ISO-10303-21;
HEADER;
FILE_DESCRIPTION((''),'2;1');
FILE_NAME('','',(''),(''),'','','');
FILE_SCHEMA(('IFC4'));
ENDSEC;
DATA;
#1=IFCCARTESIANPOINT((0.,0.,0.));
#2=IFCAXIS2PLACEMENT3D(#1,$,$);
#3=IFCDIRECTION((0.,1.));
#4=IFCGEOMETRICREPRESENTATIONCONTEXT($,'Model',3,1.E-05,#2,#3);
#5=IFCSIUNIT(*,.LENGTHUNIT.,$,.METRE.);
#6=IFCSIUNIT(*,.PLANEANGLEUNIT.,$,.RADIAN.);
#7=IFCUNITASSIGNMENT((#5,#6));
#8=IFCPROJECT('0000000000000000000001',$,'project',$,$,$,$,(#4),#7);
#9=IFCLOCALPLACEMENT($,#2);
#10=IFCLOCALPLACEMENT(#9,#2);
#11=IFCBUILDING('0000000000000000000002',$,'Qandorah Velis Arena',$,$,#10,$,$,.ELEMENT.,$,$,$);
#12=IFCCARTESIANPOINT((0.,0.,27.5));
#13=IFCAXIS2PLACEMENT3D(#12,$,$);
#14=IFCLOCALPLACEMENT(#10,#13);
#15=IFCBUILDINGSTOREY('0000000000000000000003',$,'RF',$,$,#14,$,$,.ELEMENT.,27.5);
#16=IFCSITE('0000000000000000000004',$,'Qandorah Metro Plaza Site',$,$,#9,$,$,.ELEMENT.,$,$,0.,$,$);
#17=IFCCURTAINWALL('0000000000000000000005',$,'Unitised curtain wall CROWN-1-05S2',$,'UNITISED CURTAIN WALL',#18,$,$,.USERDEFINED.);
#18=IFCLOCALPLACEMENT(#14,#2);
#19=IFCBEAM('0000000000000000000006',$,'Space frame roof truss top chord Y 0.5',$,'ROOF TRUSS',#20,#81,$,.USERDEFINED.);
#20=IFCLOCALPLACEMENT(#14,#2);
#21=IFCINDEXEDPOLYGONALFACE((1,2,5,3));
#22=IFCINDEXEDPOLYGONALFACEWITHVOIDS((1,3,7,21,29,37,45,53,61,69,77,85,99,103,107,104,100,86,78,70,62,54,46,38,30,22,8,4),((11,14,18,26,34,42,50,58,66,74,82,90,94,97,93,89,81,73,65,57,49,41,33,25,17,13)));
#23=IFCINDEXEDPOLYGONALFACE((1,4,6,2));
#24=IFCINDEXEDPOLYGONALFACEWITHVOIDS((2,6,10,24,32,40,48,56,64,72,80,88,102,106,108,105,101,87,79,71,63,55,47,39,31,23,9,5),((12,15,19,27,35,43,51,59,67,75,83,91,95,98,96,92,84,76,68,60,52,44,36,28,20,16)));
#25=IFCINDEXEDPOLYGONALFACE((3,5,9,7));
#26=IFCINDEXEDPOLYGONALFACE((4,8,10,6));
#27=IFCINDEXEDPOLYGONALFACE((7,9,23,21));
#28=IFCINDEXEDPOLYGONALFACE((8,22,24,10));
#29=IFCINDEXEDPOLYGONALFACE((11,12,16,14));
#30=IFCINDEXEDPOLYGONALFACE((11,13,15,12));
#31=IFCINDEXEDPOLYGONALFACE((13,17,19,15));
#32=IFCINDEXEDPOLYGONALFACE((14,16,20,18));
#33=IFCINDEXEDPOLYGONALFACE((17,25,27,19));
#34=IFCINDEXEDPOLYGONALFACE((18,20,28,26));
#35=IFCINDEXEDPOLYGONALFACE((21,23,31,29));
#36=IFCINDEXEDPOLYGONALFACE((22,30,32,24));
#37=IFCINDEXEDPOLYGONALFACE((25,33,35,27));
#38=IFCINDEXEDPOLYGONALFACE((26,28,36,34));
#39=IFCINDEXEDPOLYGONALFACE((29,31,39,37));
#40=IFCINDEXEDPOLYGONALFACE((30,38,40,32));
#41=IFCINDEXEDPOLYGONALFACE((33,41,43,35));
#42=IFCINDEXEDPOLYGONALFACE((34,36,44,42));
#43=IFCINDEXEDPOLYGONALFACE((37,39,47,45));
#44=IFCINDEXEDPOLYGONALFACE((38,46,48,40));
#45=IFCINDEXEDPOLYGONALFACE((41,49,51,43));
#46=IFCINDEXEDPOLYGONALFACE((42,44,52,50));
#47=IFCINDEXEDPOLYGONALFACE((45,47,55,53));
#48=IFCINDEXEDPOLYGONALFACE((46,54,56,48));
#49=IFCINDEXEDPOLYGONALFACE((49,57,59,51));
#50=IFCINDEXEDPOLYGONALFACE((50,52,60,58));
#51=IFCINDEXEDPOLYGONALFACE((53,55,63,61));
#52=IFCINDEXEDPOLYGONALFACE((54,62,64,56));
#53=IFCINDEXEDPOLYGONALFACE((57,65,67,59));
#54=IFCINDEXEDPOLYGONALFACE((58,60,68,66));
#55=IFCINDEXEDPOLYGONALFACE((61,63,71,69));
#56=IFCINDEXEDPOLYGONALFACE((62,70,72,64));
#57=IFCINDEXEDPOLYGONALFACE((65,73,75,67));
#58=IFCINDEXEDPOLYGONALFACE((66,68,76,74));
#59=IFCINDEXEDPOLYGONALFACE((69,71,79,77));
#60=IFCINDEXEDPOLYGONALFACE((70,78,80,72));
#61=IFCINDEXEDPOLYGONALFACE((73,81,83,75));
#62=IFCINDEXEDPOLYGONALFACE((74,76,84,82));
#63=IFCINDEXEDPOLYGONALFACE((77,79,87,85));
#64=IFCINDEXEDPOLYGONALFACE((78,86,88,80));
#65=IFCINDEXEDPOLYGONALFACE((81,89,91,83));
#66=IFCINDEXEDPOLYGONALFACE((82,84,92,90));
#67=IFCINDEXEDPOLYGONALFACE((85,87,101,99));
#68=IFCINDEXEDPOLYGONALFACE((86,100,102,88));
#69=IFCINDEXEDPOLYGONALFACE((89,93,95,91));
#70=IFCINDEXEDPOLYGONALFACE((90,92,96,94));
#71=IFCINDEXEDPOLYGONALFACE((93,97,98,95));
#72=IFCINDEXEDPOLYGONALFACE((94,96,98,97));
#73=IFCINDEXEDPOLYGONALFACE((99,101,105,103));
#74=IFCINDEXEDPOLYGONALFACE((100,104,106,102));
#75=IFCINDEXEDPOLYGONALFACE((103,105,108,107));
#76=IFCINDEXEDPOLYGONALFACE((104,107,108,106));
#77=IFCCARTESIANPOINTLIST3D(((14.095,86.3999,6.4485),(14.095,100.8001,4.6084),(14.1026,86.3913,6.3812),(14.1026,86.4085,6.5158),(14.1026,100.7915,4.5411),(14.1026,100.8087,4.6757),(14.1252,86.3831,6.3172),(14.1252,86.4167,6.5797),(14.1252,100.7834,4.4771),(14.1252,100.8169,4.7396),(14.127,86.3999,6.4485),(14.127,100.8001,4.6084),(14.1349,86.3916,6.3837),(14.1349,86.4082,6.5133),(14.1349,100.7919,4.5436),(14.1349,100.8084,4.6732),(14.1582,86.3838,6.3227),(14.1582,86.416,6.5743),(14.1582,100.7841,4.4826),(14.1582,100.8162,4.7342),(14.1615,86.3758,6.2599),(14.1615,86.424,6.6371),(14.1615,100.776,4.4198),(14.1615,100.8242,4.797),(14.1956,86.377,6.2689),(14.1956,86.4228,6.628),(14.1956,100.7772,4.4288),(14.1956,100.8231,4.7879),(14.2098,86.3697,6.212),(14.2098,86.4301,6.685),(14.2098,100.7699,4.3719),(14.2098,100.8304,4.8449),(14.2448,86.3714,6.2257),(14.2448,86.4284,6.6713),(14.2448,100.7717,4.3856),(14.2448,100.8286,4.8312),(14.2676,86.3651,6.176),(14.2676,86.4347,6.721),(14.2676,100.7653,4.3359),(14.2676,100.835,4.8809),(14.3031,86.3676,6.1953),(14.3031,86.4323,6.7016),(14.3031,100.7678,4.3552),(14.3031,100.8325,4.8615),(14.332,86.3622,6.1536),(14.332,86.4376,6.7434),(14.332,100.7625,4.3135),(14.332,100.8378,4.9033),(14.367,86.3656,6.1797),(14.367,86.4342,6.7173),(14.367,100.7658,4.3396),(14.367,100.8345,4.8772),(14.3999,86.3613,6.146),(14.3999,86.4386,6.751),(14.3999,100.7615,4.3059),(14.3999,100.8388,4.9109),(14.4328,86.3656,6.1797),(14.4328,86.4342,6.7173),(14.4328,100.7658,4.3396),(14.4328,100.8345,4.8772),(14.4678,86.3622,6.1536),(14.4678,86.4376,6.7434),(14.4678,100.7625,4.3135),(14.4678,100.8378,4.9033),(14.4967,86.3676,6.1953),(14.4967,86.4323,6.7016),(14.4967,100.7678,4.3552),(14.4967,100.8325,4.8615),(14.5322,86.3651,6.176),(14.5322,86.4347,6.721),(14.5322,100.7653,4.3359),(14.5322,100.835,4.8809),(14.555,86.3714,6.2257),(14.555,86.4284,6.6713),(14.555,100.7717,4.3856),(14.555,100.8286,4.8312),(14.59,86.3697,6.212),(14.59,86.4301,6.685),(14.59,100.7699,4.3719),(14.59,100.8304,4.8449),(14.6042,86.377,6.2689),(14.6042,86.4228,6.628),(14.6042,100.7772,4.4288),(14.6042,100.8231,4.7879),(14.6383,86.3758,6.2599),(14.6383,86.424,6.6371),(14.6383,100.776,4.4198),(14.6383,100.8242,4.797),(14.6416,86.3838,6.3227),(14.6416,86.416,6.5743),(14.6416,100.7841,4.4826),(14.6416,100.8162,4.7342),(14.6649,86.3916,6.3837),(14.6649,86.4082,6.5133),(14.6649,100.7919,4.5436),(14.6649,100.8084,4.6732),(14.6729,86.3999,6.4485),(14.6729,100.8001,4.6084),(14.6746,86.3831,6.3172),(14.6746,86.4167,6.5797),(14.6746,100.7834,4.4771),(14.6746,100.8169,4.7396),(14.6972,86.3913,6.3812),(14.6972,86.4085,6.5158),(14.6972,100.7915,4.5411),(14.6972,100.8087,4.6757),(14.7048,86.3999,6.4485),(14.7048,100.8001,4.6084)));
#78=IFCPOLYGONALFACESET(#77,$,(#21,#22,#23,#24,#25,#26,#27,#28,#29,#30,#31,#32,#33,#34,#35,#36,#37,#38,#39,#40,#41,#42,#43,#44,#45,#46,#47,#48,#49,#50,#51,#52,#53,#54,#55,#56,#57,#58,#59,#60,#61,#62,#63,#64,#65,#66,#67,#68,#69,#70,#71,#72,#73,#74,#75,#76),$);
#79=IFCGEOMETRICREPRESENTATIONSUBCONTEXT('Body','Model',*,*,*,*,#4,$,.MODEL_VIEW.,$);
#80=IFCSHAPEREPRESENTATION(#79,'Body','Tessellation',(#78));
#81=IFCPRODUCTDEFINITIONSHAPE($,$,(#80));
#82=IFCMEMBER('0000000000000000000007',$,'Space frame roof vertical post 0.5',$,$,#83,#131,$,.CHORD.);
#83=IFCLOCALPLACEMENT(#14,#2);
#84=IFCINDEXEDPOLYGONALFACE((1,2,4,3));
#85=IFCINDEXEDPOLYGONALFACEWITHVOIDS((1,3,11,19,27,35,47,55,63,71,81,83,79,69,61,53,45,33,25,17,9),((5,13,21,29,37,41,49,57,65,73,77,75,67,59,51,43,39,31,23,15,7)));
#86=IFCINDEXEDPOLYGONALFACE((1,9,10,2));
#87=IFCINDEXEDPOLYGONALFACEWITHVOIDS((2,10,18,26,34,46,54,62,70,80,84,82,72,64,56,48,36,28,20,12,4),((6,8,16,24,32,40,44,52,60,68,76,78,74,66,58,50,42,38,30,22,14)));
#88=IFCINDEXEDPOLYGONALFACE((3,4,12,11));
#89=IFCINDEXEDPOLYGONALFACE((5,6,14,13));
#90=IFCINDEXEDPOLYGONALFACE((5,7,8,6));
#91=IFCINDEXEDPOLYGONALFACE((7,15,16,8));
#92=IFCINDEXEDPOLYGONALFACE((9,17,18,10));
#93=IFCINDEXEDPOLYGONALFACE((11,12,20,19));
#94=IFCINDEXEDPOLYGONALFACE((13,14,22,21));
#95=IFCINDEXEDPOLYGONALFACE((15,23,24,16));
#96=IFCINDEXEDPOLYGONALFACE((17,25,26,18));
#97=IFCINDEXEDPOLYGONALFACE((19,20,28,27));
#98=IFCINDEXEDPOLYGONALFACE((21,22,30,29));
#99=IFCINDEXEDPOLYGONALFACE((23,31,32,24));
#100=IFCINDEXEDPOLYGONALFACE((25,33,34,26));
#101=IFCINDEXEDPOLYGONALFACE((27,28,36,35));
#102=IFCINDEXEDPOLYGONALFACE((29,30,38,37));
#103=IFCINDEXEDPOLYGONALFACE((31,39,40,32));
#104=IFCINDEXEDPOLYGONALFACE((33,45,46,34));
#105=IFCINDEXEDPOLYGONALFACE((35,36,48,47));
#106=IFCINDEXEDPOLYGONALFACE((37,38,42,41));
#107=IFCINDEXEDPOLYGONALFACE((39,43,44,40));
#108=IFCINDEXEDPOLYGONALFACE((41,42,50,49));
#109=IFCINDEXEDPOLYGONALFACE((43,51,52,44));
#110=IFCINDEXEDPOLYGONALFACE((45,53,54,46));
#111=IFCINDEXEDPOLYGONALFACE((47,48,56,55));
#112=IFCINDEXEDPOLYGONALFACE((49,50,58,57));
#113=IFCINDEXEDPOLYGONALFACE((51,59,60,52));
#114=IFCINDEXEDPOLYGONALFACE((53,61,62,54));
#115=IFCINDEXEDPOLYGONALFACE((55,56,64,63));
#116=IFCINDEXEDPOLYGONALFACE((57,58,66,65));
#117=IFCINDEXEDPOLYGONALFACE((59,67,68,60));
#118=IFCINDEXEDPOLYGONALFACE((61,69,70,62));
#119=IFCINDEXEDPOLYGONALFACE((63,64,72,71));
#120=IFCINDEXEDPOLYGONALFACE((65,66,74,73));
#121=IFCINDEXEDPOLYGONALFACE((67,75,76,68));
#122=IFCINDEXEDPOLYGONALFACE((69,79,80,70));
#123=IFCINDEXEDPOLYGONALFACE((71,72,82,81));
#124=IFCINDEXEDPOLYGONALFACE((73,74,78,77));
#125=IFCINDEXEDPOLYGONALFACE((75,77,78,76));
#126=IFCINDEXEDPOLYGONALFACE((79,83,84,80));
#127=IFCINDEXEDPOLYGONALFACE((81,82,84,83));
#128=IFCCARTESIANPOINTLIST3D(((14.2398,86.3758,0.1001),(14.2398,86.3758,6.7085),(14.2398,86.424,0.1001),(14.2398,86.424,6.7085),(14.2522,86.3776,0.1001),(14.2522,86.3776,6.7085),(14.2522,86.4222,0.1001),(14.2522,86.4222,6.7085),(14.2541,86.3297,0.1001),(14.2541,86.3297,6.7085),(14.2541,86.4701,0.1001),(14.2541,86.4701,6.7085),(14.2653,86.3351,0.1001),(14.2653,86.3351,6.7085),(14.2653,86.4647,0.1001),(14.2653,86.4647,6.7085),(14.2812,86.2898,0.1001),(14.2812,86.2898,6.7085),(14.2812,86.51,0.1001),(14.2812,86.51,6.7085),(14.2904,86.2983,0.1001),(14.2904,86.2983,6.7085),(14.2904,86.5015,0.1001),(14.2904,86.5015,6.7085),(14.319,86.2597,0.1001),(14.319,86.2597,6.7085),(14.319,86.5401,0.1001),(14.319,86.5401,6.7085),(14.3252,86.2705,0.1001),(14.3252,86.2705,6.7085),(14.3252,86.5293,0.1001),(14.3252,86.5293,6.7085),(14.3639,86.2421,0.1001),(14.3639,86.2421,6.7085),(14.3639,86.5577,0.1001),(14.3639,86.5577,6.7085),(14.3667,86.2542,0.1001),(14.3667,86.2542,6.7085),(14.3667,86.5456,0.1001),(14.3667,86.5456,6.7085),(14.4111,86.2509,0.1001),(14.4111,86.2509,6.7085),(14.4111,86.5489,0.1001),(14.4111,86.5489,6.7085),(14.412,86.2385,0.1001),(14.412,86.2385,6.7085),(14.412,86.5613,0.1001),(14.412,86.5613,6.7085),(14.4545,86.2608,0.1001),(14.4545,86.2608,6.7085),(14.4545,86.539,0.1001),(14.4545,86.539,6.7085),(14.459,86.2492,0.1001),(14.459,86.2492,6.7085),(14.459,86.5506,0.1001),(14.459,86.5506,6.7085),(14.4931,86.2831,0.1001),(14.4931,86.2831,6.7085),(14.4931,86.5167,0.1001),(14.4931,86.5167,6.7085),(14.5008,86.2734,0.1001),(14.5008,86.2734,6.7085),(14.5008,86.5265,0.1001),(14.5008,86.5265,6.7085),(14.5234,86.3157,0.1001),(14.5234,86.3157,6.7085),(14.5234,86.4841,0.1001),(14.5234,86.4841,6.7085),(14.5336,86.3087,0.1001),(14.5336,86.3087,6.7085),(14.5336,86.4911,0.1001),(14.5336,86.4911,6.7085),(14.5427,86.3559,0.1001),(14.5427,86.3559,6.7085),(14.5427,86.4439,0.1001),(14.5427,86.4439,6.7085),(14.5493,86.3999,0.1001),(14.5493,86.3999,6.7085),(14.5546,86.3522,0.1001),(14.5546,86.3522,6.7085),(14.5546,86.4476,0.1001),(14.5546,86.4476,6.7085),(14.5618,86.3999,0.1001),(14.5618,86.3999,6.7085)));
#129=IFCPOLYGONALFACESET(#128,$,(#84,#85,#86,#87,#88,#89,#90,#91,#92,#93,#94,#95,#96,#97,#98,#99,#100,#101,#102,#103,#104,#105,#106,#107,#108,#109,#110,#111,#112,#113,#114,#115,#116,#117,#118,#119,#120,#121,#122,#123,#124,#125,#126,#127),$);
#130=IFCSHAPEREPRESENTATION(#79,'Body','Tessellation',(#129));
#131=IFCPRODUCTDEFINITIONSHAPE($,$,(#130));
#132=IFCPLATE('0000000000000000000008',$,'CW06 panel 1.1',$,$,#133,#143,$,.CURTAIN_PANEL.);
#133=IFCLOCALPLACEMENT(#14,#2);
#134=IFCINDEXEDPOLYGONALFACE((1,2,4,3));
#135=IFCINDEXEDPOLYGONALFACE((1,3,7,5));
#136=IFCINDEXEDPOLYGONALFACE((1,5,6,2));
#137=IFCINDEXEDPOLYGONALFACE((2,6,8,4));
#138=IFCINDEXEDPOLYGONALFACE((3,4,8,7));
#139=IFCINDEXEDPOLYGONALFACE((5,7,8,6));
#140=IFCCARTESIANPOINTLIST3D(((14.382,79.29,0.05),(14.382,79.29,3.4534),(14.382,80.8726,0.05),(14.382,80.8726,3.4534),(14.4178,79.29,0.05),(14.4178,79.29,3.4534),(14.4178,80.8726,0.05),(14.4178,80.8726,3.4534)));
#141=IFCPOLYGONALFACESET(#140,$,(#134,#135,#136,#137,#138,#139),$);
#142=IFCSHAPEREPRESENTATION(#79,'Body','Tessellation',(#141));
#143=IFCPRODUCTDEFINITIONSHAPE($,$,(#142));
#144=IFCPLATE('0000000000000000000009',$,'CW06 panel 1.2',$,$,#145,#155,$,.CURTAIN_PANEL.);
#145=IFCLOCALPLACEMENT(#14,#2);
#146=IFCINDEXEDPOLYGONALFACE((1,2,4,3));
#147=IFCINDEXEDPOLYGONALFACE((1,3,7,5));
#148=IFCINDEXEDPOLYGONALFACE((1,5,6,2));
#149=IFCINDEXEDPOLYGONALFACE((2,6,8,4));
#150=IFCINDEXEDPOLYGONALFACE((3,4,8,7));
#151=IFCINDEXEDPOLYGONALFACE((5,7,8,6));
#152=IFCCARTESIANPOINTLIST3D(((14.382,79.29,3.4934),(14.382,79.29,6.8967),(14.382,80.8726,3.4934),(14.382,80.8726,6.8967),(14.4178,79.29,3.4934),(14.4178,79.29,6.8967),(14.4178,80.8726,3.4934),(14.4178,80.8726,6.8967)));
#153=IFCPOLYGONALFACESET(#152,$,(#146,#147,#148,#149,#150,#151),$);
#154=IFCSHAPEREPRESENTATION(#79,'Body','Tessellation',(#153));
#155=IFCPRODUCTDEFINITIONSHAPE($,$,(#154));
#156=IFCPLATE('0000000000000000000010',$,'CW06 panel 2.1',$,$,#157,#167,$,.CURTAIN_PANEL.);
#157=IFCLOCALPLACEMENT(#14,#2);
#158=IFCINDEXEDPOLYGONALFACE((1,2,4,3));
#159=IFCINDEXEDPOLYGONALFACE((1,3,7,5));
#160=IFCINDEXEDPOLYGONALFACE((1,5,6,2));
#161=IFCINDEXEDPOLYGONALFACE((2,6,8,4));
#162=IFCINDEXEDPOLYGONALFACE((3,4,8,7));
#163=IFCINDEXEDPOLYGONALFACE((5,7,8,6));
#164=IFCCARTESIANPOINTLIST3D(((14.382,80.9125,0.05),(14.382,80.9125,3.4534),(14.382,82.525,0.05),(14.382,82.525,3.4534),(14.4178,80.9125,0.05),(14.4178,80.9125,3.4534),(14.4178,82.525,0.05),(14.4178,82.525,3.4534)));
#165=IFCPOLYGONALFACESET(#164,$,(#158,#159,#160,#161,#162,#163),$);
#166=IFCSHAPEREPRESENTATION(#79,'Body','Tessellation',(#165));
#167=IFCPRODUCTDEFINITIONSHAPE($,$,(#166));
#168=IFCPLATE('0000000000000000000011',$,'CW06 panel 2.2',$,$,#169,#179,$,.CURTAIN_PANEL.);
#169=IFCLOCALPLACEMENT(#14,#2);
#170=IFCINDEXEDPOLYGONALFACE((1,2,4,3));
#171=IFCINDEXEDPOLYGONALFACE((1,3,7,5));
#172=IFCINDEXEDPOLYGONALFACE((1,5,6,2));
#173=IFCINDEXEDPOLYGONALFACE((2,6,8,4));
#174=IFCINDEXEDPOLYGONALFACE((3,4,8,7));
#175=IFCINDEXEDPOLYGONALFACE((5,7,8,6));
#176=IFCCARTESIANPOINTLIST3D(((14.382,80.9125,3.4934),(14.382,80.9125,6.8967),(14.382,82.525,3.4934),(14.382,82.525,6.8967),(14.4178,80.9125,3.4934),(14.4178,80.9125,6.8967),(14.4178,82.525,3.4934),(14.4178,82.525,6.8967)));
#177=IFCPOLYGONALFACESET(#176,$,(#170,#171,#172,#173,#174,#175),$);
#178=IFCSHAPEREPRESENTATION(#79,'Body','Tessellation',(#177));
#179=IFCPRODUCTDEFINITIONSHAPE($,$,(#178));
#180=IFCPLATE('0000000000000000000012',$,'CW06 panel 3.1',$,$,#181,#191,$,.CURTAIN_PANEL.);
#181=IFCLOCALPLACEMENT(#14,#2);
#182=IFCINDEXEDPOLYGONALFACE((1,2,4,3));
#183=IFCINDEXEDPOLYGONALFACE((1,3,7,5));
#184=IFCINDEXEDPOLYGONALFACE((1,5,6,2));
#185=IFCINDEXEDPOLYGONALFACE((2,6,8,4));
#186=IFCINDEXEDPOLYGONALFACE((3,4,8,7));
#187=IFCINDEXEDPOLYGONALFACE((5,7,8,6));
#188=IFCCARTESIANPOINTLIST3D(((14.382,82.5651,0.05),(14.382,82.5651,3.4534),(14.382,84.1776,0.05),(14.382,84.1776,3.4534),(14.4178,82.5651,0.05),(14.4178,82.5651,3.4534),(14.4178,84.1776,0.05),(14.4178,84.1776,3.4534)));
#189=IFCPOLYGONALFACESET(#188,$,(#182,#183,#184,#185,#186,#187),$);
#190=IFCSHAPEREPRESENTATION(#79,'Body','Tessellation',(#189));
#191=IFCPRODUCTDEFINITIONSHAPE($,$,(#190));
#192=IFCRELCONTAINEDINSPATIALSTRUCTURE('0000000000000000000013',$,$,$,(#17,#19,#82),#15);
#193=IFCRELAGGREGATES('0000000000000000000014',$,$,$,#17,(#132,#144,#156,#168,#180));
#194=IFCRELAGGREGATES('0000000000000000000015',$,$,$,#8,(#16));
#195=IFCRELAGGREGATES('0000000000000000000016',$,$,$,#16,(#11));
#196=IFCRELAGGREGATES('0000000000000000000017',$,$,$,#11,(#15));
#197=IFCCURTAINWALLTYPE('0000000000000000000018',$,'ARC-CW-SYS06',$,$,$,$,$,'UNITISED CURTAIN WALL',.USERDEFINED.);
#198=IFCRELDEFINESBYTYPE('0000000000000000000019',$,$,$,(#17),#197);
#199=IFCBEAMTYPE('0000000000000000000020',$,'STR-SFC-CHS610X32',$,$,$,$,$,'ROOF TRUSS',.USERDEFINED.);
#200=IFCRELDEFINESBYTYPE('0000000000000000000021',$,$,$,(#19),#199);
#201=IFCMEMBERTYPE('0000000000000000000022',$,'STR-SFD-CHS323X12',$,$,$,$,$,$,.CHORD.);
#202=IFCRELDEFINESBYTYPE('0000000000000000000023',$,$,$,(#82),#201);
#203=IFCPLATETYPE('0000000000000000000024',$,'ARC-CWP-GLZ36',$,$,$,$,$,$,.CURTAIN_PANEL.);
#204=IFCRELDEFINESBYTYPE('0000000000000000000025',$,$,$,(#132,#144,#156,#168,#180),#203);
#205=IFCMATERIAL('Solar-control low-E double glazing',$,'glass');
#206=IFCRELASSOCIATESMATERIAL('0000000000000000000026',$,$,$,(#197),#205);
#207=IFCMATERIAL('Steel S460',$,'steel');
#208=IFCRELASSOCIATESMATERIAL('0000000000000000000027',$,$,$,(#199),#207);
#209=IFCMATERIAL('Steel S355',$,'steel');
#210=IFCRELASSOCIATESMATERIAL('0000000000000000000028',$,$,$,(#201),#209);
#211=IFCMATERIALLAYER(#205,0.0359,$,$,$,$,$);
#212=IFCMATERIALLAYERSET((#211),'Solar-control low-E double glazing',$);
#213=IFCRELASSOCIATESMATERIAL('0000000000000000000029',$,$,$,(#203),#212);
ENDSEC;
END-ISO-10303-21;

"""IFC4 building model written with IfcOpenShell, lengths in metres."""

from ifc_helpers import new_model, si_unit, direction, frame, origin, origin_2d, place, context, subcontext, project, spatial, rectangle, hollow_circle, extrude, material, layer, layer_set, material_profile, profile_set, type_object, element, aggregate, save


model = new_model("IFC4")

# Units and contexts
model_context = context("Model", 3, precision=1e-05, world=origin(), true_north=direction((0.0, 1.0)))
body_context = subcontext(model_context, "Body", "Model", "MODEL_VIEW")
ifc_project = project(units=[si_unit("LENGTHUNIT", "METRE"), si_unit("PLANEANGLEUNIT", "RADIAN")], contexts=[model_context])

# Site, building, storey
site_placement = place(None, origin())
site = spatial("IfcSite", under=ifc_project, at=site_placement, Name="Qandorah Metro Plaza Site", CompositionType="ELEMENT", RefElevation=0.0)
building_placement = place(site_placement, origin())
building = spatial("IfcBuilding", under=site, at=building_placement, Name="Qandorah Velis Arena", CompositionType="ELEMENT")
storey_placement = place(building_placement, frame((0.0, 0.0, 27.5)))
storey = spatial("IfcBuildingStorey", under=building, at=storey_placement, Name="RF", CompositionType="ELEMENT", Elevation=27.5)

# Curtain wall
ifc_material_1 = material(Name="Solar-control low-E double glazing", Category="glass")
curtain_wall_type = type_object("IfcCurtainWallType", Name="ARC-CW-SYS06", ElementType="UNITISED CURTAIN WALL", PredefinedType="USERDEFINED", material=ifc_material_1)
curtain_wall_placement = place(storey_placement, origin())
curtain_wall = element("IfcCurtainWall", 1, at=curtain_wall_placement, inside=storey, type_object=curtain_wall_type, Name="Unitised curtain wall CROWN-1-05S2", ObjectType="UNITISED CURTAIN WALL", PredefinedType="USERDEFINED")

# Beam
ifc_material_2 = material(Name="Steel S355", Category="steel")
ifc_material_3 = material(Name="Steel S460", Category="steel")
ifc_material_profile_1 = material_profile(ifc_material_3, hollow_circle(Radius=0.3049, WallThickness=0.032, at=origin_2d()), Name="CHS 610x32")
ifc_profile_set_1 = profile_set([ifc_material_profile_1], Name="Steel S460")
beam_type_1 = type_object("IfcBeamType", Name="STR-SFC-CHS610X32", ElementType="ROOF TRUSS", PredefinedType="USERDEFINED", material=ifc_profile_set_1)
beam_1_placement = place(storey_placement, frame((14.3999, 86.3999, 6.4485), z_axis=(0.0, 0.991934, -0.126752), x_axis=(-1.0, 0.0, 0.0)))
element("IfcBeam", 2, at=beam_1_placement, inside=storey, type_object=beam_type_1, Name="Space frame roof truss top chord Y 0.5", ObjectType="ROOF TRUSS", PredefinedType="USERDEFINED", context=body_context, shape_type="SweptSolid", body=[
    extrude(hollow_circle(Radius=0.3049, WallThickness=0.032, at=origin_2d()), origin(), (0.0, 0.0, 1.0), 14.5173),
])

# Member
ifc_material_profile_2 = material_profile(ifc_material_2, hollow_circle(Radius=0.1619, WallThickness=0.0125, at=origin_2d()), Name="CHS 323.9x12.5")
ifc_profile_set_2 = profile_set([ifc_material_profile_2], Name="Steel S355")
member_type_1 = type_object("IfcMemberType", Name="STR-SFD-CHS323X12", PredefinedType="CHORD", material=ifc_profile_set_2)
member_1_placement = place(storey_placement, frame((14.3999, 86.3999, 0.1001), z_axis=(0.0, 0.0, 1.0), x_axis=(1.0, 0.0, 0.0)))
element("IfcMember", 3, at=member_1_placement, inside=storey, type_object=member_type_1, Name="Space frame roof vertical post 0.5", PredefinedType="CHORD", context=body_context, shape_type="SweptSolid", body=[
    extrude(hollow_circle(Radius=0.1619, WallThickness=0.0125, at=origin_2d()), origin(), (0.0, 0.0, 1.0), 6.6084),
])

# Plates
ifc_layer_1 = layer(ifc_material_1, 0.0359)
ifc_layer_set_1 = layer_set([ifc_layer_1], Name="Solar-control low-E double glazing")
plate_type = type_object("IfcPlateType", Name="ARC-CWP-GLZ36", PredefinedType="CURTAIN_PANEL", material=ifc_layer_set_1)
plate_1_placement = place(storey_placement, frame((14.3999, 80.0813, 0.05), z_axis=(0.0, 0.0, 1.0), x_axis=(0.0, 1.0, 0.0)))
plate_1 = element("IfcPlate", 4, at=plate_1_placement, type_object=plate_type, Name="CW06 panel 1.1", PredefinedType="CURTAIN_PANEL", context=body_context, shape_type="SweptSolid", body=[
    extrude(rectangle(XDim=1.5825, YDim=0.0359, at=origin_2d()), origin(), (0.0, 0.0, 1.0), 3.4033),
])
plate_2_placement = place(storey_placement, frame((14.3999, 80.0813, 3.4934), z_axis=(0.0, 0.0, 1.0), x_axis=(0.0, 1.0, 0.0)))
plate_2 = element("IfcPlate", 5, at=plate_2_placement, type_object=plate_type, Name="CW06 panel 1.2", PredefinedType="CURTAIN_PANEL", context=body_context, shape_type="SweptSolid", body=[
    extrude(rectangle(XDim=1.5825, YDim=0.0359, at=origin_2d()), origin(), (0.0, 0.0, 1.0), 3.4033),
])
plate_3_placement = place(storey_placement, frame((14.3999, 81.7188, 0.05), z_axis=(0.0, 0.0, 1.0), x_axis=(0.0, 1.0, 0.0)))
plate_3 = element("IfcPlate", 6, at=plate_3_placement, type_object=plate_type, Name="CW06 panel 2.1", PredefinedType="CURTAIN_PANEL", context=body_context, shape_type="SweptSolid", body=[
    extrude(rectangle(XDim=1.6125, YDim=0.0359, at=origin_2d()), origin(), (0.0, 0.0, 1.0), 3.4033),
])
plate_4_placement = place(storey_placement, frame((14.3999, 81.7188, 3.4934), z_axis=(0.0, 0.0, 1.0), x_axis=(0.0, 1.0, 0.0)))
plate_4 = element("IfcPlate", 7, at=plate_4_placement, type_object=plate_type, Name="CW06 panel 2.2", PredefinedType="CURTAIN_PANEL", context=body_context, shape_type="SweptSolid", body=[
    extrude(rectangle(XDim=1.6125, YDim=0.0359, at=origin_2d()), origin(), (0.0, 0.0, 1.0), 3.4033),
])
plate_5_placement = place(storey_placement, frame((14.3999, 83.3713, 0.05), z_axis=(0.0, 0.0, 1.0), x_axis=(0.0, 1.0, 0.0)))
plate_5 = element("IfcPlate", 8, at=plate_5_placement, type_object=plate_type, Name="CW06 panel 3.1", PredefinedType="CURTAIN_PANEL", context=body_context, shape_type="SweptSolid", body=[
    extrude(rectangle(XDim=1.6125, YDim=0.0359, at=origin_2d()), origin(), (0.0, 0.0, 1.0), 3.4033),
])
aggregate(curtain_wall, [plate_1, plate_2, plate_3, plate_4, plate_5])

save(model, "model.ifc")
